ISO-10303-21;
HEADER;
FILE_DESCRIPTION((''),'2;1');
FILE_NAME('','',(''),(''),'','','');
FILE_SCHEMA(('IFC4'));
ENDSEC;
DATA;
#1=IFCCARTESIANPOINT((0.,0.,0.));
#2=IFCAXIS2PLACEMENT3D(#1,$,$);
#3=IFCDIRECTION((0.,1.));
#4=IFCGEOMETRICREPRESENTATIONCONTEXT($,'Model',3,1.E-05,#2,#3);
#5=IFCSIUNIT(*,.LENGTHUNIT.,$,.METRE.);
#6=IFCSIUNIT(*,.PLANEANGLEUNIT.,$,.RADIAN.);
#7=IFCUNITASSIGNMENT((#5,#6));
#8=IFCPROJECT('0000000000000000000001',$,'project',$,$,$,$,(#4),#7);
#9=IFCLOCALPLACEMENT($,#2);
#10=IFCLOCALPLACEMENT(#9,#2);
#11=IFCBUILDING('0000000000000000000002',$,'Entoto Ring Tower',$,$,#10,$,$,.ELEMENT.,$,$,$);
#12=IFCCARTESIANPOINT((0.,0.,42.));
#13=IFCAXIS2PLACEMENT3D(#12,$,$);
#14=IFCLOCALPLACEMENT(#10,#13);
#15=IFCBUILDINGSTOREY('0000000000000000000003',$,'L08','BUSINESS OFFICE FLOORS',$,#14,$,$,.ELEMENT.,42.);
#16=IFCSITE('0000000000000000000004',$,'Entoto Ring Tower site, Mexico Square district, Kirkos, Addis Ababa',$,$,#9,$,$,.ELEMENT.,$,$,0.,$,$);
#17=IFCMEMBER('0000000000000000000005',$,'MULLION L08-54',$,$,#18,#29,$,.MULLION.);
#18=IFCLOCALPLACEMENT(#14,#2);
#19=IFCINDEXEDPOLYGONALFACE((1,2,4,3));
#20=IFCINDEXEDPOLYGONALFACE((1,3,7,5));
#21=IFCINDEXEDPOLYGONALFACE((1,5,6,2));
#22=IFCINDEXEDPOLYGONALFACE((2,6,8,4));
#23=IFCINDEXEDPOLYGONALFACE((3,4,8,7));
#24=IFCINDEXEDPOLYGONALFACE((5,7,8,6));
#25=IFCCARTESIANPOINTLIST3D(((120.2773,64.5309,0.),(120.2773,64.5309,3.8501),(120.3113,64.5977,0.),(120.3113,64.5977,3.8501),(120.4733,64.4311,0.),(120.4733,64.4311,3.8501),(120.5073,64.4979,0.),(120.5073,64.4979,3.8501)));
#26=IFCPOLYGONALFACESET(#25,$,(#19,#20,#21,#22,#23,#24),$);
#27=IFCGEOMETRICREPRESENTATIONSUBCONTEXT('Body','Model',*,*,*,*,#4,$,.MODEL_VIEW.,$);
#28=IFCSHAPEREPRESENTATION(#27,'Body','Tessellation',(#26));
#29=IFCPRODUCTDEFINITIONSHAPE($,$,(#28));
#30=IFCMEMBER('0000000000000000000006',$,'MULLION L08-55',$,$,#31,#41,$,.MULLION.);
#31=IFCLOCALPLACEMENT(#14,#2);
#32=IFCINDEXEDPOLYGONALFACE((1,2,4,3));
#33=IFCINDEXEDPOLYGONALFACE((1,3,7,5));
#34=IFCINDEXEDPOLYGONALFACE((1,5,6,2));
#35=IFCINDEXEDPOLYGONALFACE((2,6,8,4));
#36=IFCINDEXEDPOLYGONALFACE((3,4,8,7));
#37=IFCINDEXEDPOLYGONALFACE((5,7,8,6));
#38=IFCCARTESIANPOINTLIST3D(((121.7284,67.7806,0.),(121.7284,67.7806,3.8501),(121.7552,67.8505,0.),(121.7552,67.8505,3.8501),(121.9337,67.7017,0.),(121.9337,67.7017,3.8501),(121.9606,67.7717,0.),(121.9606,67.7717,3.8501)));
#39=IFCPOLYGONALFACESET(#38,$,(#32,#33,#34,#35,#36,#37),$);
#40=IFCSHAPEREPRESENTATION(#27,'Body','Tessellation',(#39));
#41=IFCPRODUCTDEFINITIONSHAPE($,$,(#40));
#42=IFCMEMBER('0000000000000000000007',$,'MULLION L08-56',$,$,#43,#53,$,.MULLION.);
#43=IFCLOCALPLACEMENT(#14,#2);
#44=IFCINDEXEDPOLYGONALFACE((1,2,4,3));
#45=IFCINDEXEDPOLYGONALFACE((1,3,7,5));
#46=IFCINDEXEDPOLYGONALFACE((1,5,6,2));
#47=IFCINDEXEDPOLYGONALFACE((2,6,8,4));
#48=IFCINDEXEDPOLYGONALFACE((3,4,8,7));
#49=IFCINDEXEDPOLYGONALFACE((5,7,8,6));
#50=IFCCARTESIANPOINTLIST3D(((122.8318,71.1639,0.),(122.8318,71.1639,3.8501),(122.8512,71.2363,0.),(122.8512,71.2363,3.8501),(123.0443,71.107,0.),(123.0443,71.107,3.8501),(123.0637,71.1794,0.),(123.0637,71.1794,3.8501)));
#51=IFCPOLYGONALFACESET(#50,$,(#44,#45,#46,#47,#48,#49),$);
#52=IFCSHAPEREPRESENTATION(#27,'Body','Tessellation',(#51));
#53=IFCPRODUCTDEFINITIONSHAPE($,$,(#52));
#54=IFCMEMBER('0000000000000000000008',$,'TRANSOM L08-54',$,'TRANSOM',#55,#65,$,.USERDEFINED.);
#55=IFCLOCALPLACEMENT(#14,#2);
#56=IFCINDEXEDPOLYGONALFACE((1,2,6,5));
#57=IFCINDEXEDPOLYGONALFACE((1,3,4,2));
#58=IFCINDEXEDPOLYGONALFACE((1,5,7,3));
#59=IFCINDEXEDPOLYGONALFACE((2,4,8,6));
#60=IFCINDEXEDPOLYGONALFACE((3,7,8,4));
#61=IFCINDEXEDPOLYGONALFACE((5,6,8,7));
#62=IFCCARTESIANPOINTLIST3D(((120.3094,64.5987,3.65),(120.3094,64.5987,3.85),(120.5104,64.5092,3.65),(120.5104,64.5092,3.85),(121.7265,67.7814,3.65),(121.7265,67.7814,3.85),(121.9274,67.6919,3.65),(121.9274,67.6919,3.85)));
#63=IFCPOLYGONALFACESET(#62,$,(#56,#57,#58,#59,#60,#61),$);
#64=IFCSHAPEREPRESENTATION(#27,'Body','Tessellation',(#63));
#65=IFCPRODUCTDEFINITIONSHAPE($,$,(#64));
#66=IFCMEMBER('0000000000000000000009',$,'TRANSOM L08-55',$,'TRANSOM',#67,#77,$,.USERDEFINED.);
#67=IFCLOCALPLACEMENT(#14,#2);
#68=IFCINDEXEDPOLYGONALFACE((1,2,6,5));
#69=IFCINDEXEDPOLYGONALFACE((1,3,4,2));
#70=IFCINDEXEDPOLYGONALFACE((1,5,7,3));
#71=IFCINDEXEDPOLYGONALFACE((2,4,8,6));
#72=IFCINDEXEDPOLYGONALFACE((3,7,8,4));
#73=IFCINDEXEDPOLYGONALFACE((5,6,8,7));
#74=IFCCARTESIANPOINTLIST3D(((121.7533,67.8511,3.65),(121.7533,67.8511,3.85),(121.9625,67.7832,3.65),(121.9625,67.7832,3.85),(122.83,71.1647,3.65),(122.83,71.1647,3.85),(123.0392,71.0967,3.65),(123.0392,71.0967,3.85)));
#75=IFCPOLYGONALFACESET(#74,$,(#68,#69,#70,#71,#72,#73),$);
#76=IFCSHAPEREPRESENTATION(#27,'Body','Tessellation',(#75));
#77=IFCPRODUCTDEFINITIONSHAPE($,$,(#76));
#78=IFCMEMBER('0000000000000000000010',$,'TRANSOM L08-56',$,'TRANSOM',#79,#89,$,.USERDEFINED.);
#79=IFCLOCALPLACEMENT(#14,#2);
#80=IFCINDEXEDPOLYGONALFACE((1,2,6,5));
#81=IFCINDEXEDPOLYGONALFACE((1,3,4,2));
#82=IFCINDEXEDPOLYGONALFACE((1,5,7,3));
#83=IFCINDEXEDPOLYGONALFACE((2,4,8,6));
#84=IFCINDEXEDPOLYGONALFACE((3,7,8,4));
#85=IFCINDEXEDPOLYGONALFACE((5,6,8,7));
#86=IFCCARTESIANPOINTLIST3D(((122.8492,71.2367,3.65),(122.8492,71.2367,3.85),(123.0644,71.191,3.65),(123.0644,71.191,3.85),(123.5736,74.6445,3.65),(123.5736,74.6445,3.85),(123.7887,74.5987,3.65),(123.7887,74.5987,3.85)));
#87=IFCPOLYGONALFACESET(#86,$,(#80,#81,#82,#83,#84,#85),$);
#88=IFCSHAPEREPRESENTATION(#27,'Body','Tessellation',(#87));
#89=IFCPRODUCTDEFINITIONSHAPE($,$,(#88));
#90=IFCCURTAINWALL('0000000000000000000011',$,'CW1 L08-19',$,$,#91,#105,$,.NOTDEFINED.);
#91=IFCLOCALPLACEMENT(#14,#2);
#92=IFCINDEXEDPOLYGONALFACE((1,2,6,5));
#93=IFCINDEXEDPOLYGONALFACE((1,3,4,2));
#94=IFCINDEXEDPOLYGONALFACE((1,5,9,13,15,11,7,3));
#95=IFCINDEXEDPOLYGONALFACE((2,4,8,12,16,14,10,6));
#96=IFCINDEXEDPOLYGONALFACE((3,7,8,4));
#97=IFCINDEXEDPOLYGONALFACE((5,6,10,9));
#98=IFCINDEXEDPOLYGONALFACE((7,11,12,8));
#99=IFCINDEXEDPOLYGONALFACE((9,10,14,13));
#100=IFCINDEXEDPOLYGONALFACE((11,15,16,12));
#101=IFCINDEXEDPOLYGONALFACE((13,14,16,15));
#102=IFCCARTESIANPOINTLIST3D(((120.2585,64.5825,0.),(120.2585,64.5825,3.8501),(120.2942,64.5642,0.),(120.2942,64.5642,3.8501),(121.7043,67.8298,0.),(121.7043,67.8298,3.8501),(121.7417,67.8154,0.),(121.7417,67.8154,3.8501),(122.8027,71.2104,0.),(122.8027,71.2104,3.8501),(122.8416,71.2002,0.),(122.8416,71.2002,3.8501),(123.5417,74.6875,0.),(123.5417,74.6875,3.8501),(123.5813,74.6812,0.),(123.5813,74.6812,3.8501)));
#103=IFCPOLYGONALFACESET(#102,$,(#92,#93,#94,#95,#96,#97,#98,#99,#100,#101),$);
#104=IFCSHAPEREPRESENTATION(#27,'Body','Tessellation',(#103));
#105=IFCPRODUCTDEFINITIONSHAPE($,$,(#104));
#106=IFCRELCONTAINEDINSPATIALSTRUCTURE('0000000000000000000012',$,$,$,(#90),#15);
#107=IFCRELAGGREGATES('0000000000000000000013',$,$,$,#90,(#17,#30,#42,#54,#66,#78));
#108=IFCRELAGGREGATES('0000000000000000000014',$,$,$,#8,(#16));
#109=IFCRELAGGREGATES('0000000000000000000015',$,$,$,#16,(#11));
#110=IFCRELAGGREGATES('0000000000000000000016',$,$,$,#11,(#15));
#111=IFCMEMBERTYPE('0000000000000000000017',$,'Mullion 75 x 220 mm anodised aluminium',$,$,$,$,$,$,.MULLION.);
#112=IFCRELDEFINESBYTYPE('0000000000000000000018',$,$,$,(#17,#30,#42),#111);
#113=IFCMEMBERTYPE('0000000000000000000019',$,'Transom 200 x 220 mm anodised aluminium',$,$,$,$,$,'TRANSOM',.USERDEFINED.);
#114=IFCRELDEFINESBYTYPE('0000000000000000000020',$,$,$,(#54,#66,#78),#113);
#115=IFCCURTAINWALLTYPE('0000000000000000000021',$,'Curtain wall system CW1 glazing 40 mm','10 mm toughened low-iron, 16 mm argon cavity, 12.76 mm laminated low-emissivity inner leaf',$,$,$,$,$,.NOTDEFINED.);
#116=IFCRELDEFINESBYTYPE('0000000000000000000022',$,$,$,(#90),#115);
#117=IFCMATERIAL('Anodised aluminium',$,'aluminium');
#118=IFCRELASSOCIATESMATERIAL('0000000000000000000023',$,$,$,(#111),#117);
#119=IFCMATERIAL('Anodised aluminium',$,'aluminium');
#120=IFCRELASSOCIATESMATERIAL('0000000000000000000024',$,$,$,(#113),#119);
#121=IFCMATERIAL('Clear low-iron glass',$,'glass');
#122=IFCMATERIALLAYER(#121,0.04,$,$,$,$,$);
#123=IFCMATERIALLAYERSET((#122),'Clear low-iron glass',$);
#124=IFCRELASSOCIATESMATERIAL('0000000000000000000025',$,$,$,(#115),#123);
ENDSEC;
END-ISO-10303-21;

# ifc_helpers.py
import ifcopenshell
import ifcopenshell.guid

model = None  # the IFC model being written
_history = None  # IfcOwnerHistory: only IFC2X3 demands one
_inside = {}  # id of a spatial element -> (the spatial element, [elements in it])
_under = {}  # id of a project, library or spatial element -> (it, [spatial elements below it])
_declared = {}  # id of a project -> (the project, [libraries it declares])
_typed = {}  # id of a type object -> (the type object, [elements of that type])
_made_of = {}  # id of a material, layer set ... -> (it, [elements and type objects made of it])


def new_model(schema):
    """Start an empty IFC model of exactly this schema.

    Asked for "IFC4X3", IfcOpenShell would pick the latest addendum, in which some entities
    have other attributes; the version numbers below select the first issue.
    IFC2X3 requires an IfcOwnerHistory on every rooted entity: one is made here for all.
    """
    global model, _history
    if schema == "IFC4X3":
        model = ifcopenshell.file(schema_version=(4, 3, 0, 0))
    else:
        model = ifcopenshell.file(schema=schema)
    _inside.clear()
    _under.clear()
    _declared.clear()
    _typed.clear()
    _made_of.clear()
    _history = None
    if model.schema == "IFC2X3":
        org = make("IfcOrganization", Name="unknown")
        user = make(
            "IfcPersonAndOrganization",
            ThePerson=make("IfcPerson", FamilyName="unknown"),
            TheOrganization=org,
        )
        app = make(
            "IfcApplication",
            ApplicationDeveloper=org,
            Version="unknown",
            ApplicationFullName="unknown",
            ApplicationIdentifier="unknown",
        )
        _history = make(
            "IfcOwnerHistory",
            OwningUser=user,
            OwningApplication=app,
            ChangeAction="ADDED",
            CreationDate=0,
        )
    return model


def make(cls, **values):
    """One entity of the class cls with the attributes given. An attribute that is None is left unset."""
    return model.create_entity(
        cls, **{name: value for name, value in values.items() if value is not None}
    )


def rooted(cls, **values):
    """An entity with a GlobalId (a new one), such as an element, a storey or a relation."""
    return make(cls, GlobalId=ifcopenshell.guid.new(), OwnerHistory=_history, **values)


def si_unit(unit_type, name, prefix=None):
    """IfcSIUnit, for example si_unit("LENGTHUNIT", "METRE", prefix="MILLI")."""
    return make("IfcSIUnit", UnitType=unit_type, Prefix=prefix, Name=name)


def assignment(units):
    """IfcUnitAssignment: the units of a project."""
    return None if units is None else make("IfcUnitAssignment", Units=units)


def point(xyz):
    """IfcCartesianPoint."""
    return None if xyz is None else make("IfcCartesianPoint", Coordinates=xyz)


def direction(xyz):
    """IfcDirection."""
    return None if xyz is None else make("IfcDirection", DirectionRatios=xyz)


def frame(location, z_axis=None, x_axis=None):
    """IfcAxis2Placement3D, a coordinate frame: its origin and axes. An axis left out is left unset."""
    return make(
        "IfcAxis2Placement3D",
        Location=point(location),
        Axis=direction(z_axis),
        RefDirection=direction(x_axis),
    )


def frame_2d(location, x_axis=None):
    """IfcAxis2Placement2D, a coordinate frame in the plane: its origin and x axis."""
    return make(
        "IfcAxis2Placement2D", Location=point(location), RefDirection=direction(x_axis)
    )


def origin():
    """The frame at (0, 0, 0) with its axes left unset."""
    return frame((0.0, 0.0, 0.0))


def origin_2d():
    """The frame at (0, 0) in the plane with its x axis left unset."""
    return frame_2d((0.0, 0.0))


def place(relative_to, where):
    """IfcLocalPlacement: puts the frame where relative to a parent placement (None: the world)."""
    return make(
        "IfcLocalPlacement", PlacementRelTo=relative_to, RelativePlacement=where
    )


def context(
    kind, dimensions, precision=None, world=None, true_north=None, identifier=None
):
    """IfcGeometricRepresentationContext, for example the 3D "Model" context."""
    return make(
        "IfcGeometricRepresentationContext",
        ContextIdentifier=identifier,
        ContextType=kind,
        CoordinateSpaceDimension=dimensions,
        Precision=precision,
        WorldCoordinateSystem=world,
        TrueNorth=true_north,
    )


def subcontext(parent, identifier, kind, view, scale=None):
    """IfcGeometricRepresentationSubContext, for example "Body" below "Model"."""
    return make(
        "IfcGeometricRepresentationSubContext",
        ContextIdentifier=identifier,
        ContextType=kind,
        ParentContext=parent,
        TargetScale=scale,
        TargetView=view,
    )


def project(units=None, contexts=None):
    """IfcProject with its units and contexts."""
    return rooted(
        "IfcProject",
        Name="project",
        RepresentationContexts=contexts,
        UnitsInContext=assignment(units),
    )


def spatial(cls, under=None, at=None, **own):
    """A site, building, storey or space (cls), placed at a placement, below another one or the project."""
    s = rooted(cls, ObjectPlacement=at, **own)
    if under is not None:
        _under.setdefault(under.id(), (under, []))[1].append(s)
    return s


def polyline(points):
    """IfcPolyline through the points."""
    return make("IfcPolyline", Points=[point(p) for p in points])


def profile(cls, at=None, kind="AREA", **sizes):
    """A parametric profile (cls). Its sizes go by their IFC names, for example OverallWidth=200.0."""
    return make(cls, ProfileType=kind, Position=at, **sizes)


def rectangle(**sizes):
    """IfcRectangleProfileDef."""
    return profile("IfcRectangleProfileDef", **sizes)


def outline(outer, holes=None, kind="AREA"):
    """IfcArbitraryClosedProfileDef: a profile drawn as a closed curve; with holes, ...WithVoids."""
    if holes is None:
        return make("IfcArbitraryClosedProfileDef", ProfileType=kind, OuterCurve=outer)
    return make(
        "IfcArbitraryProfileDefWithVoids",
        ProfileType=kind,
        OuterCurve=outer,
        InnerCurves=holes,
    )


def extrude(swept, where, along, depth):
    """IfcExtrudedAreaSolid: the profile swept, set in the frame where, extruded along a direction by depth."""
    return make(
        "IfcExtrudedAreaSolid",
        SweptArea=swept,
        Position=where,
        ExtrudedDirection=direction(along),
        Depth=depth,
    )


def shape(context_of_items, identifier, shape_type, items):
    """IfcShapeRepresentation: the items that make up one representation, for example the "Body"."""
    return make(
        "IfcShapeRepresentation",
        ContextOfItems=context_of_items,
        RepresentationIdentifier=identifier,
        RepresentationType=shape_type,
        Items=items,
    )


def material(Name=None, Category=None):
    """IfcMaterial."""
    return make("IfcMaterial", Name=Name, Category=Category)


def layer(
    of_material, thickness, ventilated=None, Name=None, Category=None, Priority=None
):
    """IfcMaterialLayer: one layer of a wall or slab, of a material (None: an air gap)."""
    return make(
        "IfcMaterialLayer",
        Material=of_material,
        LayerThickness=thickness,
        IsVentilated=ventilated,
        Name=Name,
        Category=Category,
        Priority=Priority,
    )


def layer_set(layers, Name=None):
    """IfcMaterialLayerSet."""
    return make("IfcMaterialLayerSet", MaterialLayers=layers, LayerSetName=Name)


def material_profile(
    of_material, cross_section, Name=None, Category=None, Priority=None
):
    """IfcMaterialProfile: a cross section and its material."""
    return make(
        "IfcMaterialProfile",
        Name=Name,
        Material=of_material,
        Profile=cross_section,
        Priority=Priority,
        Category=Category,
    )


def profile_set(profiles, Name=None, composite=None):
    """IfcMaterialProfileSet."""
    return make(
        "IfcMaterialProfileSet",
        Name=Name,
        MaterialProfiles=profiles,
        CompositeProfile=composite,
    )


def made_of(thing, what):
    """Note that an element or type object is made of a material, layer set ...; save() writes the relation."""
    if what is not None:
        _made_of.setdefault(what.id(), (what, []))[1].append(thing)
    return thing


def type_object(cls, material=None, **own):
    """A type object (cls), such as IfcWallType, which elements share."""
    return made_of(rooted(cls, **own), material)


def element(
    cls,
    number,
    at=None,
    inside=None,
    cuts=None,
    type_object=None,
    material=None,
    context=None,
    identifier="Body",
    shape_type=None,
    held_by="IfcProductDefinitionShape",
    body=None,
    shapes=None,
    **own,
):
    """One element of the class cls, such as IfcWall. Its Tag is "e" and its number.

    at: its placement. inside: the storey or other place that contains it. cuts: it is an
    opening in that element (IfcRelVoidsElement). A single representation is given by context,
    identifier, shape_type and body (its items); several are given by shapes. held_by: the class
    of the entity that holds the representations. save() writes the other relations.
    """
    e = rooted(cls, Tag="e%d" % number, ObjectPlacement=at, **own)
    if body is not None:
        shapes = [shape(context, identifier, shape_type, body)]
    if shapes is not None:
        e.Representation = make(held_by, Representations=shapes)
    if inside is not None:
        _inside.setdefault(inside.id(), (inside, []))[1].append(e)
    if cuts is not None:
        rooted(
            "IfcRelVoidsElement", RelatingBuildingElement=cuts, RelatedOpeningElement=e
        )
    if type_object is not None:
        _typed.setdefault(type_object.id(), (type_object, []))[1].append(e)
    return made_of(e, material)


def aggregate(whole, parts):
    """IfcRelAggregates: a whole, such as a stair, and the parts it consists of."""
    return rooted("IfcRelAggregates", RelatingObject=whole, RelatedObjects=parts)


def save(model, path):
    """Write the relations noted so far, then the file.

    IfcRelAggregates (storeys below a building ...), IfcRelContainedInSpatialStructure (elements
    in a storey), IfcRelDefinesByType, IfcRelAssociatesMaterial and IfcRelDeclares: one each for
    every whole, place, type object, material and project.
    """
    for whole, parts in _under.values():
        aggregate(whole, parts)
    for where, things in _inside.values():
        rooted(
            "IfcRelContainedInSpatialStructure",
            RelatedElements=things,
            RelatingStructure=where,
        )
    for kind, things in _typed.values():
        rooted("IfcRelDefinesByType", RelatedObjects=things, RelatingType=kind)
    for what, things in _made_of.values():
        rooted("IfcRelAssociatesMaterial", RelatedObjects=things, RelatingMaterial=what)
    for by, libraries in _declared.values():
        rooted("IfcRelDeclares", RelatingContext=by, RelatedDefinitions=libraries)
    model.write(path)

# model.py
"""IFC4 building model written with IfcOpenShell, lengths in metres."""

from ifc_helpers import new_model, si_unit, direction, frame, origin, origin_2d, place, context, subcontext, project, spatial, polyline, rectangle, outline, extrude, material, layer, layer_set, material_profile, profile_set, type_object, element, aggregate, save


model = new_model("IFC4")

# Units and contexts
model_context = context("Model", 3, precision=1e-05, world=origin(), true_north=direction((0.0, 1.0)))
body_context = subcontext(model_context, "Body", "Model", "MODEL_VIEW")
ifc_project = project(units=[si_unit("LENGTHUNIT", "METRE"), si_unit("PLANEANGLEUNIT", "RADIAN")], contexts=[model_context])

# Members
ifc_material_1 = material(Name="Anodised aluminium", Category="aluminium")
ifc_material_profile_1 = material_profile(ifc_material_1, rectangle(XDim=0.075, YDim=0.22, at=origin_2d()), Name="Mullion 75 x 220 mm anodised aluminium")
ifc_profile_set_1 = profile_set([ifc_material_profile_1], Name="Anodised aluminium")
member_type_1 = type_object("IfcMemberType", Name="Mullion 75 x 220 mm anodised aluminium", PredefinedType="MULLION", material=ifc_profile_set_1)
site_placement = place(None, origin())
building_placement = place(site_placement, origin())
storey_placement = place(building_placement, frame((0.0, 0.0, 42.0)))
member_1_placement = place(storey_placement, frame((120.3923, 64.5144, 0.0), z_axis=(0.0, 0.0, 1.0), x_axis=(0.45399, 0.891007, 0.0)))
member_1 = element("IfcMember", 1, at=member_1_placement, type_object=member_type_1, Name="MULLION L08-54", PredefinedType="MULLION", context=body_context, shape_type="SweptSolid", body=[
    extrude(rectangle(XDim=0.075, YDim=0.22, at=origin_2d()), origin(), (0.0, 0.0, 1.0), 3.8501),
])
member_2_placement = place(storey_placement, frame((121.8445, 67.7761, 0.0), z_axis=(0.0, 0.0, 1.0), x_axis=(0.358368, 0.93358, 0.0)))
member_2 = element("IfcMember", 2, at=member_2_placement, type_object=member_type_1, Name="MULLION L08-55", PredefinedType="MULLION", context=body_context, shape_type="SweptSolid", body=[
    extrude(rectangle(XDim=0.075, YDim=0.22, at=origin_2d()), origin(), (0.0, 0.0, 1.0), 3.8501),
])
member_3_placement = place(storey_placement, frame((122.9478, 71.1716, 0.0), z_axis=(0.0, 0.0, 1.0), x_axis=(0.258819, 0.965926, 0.0)))
member_3 = element("IfcMember", 3, at=member_3_placement, type_object=member_type_1, Name="MULLION L08-56", PredefinedType="MULLION", context=body_context, shape_type="SweptSolid", body=[
    extrude(rectangle(XDim=0.075, YDim=0.22, at=origin_2d()), origin(), (0.0, 0.0, 1.0), 3.8501),
])
ifc_material_2 = material(Name="Anodised aluminium", Category="aluminium")
ifc_material_profile_2 = material_profile(ifc_material_2, rectangle(XDim=0.22, YDim=0.2, at=origin_2d()), Name="Transom 200 x 220 mm anodised aluminium")
ifc_profile_set_2 = profile_set([ifc_material_profile_2], Name="Anodised aluminium")
member_type_2 = type_object("IfcMemberType", Name="Transom 200 x 220 mm anodised aluminium", ElementType="TRANSOM", PredefinedType="USERDEFINED", material=ifc_profile_set_2)
member_4_placement = place(storey_placement, frame((120.4099, 64.554, 3.75), z_axis=(0.406737, 0.913545, 0.0), x_axis=(-0.913545, 0.406737, 0.0)))
member_4 = element("IfcMember", 4, at=member_4_placement, type_object=member_type_2, Name="TRANSOM L08-54", ObjectType="TRANSOM", PredefinedType="USERDEFINED", context=body_context, shape_type="SweptSolid", body=[
    extrude(rectangle(XDim=0.22, YDim=0.2, at=origin_2d()), origin(), (0.0, 0.0, 1.0), 3.4839),
])
member_5_placement = place(storey_placement, frame((121.8579, 67.8171, 3.75), z_axis=(0.309029, 0.951053, 0.0), x_axis=(-0.951053, 0.309029, 0.0)))
member_5 = element("IfcMember", 5, at=member_5_placement, type_object=member_type_2, Name="TRANSOM L08-55", ObjectType="TRANSOM", PredefinedType="USERDEFINED", context=body_context, shape_type="SweptSolid", body=[
    extrude(rectangle(XDim=0.22, YDim=0.2, at=origin_2d()), origin(), (0.0, 0.0, 1.0), 3.4841),
])
member_6_placement = place(storey_placement, frame((122.9568, 71.2139, 3.75), z_axis=(0.207921, 0.978146, 0.0), x_axis=(-0.978146, 0.207921, 0.0)))
member_6 = element("IfcMember", 6, at=member_6_placement, type_object=member_type_2, Name="TRANSOM L08-56", ObjectType="TRANSOM", PredefinedType="USERDEFINED", context=body_context, shape_type="SweptSolid", body=[
    extrude(rectangle(XDim=0.22, YDim=0.2, at=origin_2d()), origin(), (0.0, 0.0, 1.0), 3.4839),
])

# Site, building, storey
site = spatial("IfcSite", under=ifc_project, at=site_placement, Name="Entoto Ring Tower site, Mexico Square district, Kirkos, Addis Ababa", CompositionType="ELEMENT", RefElevation=0.0)
building = spatial("IfcBuilding", under=site, at=building_placement, Name="Entoto Ring Tower", CompositionType="ELEMENT")
storey = spatial("IfcBuildingStorey", under=building, at=storey_placement, Name="L08", Description="BUSINESS OFFICE FLOORS", CompositionType="ELEMENT", Elevation=42.0)

# Curtain wall
ifc_material_3 = material(Name="Clear low-iron glass", Category="glass")
ifc_layer_1 = layer(ifc_material_3, 0.04)
ifc_layer_set_1 = layer_set([ifc_layer_1], Name="Clear low-iron glass")
curtain_wall_type = type_object("IfcCurtainWallType", Name="Curtain wall system CW1 glazing 40 mm", Description="10 mm toughened low-iron, 16 mm argon cavity, 12.76 mm laminated low-emissivity inner leaf", PredefinedType="NOTDEFINED", material=ifc_layer_set_1)
curtain_wall_1_placement = place(storey_placement, origin())
curtain_wall_1 = element("IfcCurtainWall", 7, at=curtain_wall_1_placement, inside=storey, type_object=curtain_wall_type, Name="CW1 L08-19", PredefinedType="NOTDEFINED", context=body_context, shape_type="SweptSolid", body=[
    extrude(outline(polyline([(120.2942, 64.5642), (121.7417, 67.8154), (122.8416, 71.2002), (123.5813, 74.6812), (123.5417, 74.6875), (122.8027, 71.2104), (121.7043, 67.8298), (120.2585, 64.5825), (120.2942, 64.5642)])), origin(), (0.0, 0.0, 1.0), 3.8501),
])
aggregate(curtain_wall_1, [member_1, member_2, member_3, member_4, member_5, member_6])

save(model, "model.ifc")
